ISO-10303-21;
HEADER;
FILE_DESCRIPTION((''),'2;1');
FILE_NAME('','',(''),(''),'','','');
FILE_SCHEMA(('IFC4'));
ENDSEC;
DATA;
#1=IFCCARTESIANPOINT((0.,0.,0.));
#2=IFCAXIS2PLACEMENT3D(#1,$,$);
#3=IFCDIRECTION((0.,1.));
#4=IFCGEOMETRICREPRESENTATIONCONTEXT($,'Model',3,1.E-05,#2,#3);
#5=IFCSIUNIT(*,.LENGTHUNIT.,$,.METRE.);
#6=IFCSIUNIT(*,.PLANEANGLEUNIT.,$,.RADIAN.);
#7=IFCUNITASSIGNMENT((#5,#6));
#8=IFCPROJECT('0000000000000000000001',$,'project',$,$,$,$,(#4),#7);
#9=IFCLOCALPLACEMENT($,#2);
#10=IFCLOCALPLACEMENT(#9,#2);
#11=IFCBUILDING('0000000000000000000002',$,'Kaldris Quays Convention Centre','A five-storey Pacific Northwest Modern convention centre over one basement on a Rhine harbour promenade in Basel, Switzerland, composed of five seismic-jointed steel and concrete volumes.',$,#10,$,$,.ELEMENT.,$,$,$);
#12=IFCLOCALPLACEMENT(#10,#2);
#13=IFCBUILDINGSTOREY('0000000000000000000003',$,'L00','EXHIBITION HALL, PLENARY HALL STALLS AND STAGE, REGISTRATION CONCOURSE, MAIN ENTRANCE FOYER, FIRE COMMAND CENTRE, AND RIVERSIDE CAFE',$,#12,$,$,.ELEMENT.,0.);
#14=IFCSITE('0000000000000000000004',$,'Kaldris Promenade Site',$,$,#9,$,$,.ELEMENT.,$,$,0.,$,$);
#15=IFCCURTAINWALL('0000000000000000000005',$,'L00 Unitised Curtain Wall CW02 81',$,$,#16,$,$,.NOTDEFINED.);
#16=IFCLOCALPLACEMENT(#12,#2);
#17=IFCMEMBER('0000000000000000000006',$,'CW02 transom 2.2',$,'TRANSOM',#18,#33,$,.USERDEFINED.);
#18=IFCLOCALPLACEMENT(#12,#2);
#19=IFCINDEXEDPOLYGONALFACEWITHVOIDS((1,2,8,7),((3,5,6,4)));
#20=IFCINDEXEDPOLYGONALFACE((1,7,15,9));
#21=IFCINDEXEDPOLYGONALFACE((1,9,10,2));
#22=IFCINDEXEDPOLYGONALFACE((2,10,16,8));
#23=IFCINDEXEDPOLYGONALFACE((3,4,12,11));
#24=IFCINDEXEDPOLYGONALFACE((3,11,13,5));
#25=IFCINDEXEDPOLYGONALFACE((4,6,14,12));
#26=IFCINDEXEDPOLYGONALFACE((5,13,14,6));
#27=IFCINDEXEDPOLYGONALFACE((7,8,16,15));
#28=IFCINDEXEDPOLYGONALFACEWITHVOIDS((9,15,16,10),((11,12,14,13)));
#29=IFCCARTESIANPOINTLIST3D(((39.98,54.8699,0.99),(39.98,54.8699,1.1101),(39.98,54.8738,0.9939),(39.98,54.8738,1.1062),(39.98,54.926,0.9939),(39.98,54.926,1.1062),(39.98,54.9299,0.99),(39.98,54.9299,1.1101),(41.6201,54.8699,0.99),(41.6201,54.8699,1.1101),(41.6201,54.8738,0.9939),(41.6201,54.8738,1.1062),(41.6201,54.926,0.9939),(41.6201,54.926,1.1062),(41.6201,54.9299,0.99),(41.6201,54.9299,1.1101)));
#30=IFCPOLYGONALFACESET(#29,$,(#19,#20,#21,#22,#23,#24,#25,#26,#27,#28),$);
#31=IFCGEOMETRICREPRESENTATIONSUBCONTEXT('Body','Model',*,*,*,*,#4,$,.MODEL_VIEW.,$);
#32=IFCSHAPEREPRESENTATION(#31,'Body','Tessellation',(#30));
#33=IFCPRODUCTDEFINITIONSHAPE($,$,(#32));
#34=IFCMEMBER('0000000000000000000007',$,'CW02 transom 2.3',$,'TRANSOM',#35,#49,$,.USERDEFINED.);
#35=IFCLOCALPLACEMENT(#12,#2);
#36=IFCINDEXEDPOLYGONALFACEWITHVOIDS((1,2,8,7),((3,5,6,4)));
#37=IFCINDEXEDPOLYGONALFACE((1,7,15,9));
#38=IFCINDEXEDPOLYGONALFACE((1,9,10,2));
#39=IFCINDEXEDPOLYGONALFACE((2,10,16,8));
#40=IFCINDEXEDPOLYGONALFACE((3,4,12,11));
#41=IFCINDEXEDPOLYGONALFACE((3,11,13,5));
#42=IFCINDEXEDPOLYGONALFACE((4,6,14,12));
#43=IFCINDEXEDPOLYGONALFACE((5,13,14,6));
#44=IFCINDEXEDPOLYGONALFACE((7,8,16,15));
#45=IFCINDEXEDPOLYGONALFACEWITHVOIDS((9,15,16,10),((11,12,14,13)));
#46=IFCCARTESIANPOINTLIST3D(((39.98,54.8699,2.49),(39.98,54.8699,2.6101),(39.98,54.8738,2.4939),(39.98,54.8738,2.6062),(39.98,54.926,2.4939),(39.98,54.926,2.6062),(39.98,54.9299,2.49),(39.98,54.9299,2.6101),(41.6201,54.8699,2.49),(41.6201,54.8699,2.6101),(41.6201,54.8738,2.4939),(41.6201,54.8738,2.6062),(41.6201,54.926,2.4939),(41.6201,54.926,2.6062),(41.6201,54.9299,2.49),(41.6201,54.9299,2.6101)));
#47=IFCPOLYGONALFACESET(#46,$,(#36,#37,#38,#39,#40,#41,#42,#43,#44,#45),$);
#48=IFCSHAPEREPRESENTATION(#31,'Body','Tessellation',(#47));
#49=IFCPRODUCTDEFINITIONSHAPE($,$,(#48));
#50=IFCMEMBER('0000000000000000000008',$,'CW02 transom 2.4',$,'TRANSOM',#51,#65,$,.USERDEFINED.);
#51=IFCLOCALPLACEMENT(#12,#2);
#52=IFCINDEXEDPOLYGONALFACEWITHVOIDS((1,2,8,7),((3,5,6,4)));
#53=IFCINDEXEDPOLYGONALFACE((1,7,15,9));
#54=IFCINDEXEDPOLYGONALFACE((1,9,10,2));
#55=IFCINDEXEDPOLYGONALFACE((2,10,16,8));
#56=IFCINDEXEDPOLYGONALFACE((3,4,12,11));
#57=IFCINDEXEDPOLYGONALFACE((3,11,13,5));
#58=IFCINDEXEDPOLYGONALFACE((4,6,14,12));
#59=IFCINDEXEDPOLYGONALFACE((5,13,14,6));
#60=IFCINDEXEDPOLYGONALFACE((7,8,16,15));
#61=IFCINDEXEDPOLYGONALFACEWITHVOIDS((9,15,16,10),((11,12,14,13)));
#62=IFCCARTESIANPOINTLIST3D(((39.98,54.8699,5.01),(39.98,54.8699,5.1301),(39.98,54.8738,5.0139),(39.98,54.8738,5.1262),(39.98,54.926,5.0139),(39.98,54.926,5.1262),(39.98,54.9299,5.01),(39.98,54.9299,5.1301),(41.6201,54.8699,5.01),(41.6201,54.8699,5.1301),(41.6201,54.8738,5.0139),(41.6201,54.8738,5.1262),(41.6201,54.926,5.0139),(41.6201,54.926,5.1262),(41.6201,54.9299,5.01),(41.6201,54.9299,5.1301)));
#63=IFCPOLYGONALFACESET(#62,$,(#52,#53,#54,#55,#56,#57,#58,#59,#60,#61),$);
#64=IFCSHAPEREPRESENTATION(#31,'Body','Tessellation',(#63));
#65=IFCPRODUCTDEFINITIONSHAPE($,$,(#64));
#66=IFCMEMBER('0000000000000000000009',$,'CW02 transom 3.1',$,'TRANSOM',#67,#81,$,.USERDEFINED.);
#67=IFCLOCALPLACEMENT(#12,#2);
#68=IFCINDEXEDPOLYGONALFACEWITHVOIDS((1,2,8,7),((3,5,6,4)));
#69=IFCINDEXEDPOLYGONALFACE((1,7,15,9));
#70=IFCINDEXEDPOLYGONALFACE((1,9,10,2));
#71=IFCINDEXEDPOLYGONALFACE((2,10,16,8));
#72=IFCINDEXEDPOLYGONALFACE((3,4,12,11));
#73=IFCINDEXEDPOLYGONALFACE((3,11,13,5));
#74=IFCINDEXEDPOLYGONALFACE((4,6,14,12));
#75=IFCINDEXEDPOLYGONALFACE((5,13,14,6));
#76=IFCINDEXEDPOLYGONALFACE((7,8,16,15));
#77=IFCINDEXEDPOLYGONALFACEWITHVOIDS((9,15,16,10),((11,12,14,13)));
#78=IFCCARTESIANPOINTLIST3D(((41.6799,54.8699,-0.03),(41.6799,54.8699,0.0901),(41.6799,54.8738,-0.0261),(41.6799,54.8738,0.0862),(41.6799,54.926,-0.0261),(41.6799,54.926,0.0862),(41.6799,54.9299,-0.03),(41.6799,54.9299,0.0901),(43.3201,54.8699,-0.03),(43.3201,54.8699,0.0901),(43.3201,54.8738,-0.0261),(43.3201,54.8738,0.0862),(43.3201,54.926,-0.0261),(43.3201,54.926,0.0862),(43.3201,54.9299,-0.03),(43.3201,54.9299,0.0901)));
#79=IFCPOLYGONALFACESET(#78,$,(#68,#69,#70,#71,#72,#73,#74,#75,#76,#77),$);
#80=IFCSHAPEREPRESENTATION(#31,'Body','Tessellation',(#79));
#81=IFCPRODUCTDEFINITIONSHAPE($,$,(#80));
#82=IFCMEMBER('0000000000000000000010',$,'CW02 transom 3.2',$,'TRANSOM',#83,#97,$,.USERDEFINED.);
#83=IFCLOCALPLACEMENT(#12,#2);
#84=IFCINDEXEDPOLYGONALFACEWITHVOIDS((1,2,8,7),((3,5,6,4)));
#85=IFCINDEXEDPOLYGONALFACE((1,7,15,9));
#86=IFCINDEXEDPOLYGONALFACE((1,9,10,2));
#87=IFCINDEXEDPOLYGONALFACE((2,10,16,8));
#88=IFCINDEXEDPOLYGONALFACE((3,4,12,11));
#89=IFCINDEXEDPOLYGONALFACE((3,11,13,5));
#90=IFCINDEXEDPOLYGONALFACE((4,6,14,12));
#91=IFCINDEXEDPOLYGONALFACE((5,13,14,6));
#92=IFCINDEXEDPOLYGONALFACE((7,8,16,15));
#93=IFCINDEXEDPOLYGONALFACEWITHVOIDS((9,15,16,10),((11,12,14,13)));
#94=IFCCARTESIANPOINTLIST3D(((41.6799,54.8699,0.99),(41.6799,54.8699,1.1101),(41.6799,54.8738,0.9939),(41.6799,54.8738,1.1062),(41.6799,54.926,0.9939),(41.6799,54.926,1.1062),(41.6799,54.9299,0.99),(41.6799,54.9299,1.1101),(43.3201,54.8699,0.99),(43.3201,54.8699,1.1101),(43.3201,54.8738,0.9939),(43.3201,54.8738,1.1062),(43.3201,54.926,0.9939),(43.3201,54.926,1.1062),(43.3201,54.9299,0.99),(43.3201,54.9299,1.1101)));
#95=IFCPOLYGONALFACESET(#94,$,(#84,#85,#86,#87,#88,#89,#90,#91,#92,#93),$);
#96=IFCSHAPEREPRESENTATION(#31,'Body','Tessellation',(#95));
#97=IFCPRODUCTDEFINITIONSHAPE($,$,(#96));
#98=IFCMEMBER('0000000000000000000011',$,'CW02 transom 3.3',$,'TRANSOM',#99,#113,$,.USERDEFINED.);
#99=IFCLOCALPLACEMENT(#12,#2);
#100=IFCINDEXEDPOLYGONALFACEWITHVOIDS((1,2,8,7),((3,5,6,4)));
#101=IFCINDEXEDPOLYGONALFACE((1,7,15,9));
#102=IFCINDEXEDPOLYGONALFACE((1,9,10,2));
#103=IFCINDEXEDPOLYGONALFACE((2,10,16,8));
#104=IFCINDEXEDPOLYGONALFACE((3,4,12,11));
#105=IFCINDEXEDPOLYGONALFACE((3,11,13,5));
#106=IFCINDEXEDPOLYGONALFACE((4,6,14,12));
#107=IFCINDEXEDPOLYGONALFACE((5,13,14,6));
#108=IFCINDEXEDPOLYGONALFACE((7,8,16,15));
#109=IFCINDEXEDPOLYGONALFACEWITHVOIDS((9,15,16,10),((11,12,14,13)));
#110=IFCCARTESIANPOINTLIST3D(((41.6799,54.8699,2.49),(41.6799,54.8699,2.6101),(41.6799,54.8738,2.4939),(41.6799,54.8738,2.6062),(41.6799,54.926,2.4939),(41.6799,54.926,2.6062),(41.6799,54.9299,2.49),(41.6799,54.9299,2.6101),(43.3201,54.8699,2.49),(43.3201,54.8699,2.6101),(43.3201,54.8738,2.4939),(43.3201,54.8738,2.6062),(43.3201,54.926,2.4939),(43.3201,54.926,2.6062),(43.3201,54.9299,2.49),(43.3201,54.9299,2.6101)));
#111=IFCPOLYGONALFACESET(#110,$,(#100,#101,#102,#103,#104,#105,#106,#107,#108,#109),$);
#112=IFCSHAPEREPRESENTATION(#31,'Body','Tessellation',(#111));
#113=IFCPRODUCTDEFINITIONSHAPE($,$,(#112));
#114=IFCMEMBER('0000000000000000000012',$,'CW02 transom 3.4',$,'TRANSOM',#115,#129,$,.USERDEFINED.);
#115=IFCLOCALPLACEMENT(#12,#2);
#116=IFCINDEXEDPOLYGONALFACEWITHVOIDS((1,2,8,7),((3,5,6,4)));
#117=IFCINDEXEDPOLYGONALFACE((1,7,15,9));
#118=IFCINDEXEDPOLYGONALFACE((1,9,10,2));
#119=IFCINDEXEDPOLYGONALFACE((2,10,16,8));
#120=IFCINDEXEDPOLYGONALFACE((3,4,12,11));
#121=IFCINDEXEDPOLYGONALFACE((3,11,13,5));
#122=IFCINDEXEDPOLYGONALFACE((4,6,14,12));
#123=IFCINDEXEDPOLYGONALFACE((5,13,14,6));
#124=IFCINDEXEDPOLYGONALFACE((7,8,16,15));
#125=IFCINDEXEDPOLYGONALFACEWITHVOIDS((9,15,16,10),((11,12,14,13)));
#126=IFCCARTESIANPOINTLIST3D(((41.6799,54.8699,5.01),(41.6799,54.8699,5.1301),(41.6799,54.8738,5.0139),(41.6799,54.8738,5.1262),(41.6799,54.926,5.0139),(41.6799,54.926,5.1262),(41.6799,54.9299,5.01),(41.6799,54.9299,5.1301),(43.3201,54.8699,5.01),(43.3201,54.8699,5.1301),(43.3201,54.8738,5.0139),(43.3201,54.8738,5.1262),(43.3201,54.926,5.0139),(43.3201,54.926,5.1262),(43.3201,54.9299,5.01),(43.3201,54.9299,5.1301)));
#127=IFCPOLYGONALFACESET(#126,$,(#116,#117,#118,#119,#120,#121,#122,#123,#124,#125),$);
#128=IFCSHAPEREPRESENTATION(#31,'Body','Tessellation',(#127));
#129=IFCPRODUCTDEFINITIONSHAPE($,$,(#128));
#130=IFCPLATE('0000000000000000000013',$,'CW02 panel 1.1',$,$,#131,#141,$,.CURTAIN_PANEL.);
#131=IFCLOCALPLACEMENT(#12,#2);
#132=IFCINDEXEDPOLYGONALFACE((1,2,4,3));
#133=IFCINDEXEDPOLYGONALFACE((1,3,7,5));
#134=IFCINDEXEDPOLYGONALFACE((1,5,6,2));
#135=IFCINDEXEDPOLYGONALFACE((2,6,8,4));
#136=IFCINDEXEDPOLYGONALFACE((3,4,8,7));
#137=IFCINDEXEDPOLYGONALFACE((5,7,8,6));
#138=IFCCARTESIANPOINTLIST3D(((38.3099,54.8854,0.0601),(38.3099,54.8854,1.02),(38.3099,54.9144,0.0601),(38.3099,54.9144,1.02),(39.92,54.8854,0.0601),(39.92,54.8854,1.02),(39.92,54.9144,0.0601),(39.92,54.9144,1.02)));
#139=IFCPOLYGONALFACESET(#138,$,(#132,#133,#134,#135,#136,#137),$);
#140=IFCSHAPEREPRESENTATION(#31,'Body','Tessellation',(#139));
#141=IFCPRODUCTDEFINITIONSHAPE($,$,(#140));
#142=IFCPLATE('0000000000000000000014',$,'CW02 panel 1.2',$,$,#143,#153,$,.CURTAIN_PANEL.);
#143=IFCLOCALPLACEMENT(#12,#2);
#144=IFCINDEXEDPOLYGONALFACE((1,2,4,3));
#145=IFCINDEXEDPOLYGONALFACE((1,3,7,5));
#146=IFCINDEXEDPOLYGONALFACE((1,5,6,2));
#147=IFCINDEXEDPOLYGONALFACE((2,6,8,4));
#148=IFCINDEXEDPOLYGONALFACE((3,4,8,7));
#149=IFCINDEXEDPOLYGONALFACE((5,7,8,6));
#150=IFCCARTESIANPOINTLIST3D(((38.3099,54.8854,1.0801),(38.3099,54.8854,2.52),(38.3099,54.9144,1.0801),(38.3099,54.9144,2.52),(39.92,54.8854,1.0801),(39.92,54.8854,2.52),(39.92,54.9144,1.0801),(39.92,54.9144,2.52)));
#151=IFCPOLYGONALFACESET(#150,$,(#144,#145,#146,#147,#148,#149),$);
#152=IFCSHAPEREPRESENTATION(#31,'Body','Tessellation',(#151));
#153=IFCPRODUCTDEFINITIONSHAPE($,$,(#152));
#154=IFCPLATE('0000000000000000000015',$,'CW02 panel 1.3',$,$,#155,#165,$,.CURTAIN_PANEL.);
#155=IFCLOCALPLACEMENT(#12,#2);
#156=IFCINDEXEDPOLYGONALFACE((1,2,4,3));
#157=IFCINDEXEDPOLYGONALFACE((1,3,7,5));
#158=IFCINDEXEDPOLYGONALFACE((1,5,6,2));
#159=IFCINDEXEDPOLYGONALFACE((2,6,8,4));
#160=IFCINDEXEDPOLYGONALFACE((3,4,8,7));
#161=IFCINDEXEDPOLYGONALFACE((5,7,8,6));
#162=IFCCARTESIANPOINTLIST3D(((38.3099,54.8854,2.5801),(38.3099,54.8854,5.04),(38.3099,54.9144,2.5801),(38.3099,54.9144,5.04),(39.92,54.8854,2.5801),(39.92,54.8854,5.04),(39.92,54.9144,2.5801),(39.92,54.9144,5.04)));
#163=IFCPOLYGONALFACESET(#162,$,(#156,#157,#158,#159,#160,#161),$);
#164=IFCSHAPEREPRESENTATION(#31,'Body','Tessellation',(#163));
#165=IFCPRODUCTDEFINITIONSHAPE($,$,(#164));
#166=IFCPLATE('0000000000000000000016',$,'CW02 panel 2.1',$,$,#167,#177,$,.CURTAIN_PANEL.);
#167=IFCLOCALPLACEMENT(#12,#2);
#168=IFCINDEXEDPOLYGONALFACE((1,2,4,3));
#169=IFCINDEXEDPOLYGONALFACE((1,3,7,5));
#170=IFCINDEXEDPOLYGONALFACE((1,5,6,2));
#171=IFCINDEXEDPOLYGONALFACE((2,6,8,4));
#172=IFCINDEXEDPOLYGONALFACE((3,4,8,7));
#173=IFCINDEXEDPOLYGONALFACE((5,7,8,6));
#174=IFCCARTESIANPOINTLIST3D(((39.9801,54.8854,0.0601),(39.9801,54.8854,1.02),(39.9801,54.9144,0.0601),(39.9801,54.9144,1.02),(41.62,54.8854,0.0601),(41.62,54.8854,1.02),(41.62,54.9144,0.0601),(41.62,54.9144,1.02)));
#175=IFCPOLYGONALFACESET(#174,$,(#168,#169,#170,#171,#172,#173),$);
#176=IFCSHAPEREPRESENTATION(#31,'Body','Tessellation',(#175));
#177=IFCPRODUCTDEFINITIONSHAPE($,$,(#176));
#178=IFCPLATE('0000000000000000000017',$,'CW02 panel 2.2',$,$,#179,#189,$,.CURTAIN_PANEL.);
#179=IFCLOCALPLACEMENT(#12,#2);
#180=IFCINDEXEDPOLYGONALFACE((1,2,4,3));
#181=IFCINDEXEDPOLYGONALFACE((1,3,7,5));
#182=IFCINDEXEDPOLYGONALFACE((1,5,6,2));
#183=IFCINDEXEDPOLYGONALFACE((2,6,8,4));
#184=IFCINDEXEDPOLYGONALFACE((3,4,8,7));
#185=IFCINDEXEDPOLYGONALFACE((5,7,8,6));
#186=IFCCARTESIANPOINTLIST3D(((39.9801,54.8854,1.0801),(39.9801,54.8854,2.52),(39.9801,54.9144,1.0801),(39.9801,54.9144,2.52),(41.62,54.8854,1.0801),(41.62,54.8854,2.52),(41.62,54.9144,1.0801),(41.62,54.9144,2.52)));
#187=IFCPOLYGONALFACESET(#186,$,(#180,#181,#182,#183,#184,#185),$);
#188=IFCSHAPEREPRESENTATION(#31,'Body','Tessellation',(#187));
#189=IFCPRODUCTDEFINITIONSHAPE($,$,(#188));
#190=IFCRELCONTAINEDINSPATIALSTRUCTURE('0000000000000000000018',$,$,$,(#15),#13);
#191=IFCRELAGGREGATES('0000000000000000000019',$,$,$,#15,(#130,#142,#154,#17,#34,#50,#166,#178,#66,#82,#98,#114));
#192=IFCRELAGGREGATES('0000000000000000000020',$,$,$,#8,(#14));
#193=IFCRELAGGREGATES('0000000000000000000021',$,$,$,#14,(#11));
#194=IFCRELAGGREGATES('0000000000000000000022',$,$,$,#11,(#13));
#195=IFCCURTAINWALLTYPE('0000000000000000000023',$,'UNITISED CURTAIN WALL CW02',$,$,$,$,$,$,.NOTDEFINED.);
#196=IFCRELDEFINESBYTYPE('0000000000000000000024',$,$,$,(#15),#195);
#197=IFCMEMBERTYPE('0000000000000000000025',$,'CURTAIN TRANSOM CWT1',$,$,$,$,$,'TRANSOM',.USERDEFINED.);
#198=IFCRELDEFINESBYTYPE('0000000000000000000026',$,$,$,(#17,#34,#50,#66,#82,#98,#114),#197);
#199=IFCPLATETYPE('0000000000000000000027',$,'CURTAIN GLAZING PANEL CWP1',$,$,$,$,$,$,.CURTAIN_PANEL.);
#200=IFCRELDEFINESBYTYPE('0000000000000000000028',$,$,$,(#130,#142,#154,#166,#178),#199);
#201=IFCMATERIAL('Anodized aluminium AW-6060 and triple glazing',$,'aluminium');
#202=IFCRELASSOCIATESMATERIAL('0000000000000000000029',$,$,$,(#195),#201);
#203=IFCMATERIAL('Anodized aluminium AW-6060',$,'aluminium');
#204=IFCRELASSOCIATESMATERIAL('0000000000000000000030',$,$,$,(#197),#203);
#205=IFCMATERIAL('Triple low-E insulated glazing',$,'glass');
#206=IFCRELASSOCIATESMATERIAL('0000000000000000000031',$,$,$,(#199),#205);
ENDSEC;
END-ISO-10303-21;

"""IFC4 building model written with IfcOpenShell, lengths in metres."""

from ifc_helpers import new_model, si_unit, direction, frame, origin, origin_2d, place, context, subcontext, project, spatial, rectangle, hollow_rectangle, extrude, material, material_profile, profile_set, type_object, element, aggregate, save


model = new_model("IFC4")

# Units and contexts
model_context = context("Model", 3, precision=1e-05, world=origin(), true_north=direction((0.0, 1.0)))
body_context = subcontext(model_context, "Body", "Model", "MODEL_VIEW")
ifc_project = project(units=[si_unit("LENGTHUNIT", "METRE"), si_unit("PLANEANGLEUNIT", "RADIAN")], contexts=[model_context])

# Site, building, storey
site_placement = place(None, origin())
site = spatial("IfcSite", under=ifc_project, at=site_placement, Name="Kaldris Promenade Site", CompositionType="ELEMENT", RefElevation=0.0)
building_placement = place(site_placement, origin())
building = spatial("IfcBuilding", under=site, at=building_placement, Name="Kaldris Quays Convention Centre", Description="A five-storey Pacific Northwest Modern convention centre over one basement on a Rhine harbour promenade in Basel, Switzerland, composed of five seismic-jointed steel and concrete volumes.", CompositionType="ELEMENT")
storey_placement = place(building_placement, origin())
storey = spatial("IfcBuildingStorey", under=building, at=storey_placement, Name="L00", Description="EXHIBITION HALL, PLENARY HALL STALLS AND STAGE, REGISTRATION CONCOURSE, MAIN ENTRANCE FOYER, FIRE COMMAND CENTRE, AND RIVERSIDE CAFE", CompositionType="ELEMENT", Elevation=0.0)

# Curtain wall, members, plates
ifc_material_1 = material(Name="Anodized aluminium AW-6060 and triple glazing", Category="aluminium")
curtain_wall_type = type_object("IfcCurtainWallType", Name="UNITISED CURTAIN WALL CW02", PredefinedType="NOTDEFINED", material=ifc_material_1)
curtain_wall_placement = place(storey_placement, origin())
curtain_wall = element("IfcCurtainWall", 1, at=curtain_wall_placement, inside=storey, type_object=curtain_wall_type, Name="L00 Unitised Curtain Wall CW02 81", PredefinedType="NOTDEFINED")
ifc_material_2 = material(Name="Anodized aluminium AW-6060", Category="aluminium")
ifc_material_profile_1 = material_profile(ifc_material_2, hollow_rectangle(XDim=0.0601, YDim=0.1201, WallThickness=0.0039, at=origin_2d()), Name="RHS 120x60x4")
ifc_profile_set_1 = profile_set([ifc_material_profile_1], Name="Anodized aluminium AW-6060")
member_type_1 = type_object("IfcMemberType", Name="CURTAIN TRANSOM CWT1", ElementType="TRANSOM", PredefinedType="USERDEFINED", material=ifc_profile_set_1)
member_1_placement = place(storey_placement, frame((39.98, 54.8999, 1.05), z_axis=(1.0, 0.0, 0.0), x_axis=(0.0, 1.0, 0.0)))
member_1 = element("IfcMember", 2, at=member_1_placement, type_object=member_type_1, Name="CW02 transom 2.2", ObjectType="TRANSOM", PredefinedType="USERDEFINED", context=body_context, shape_type="SweptSolid", body=[
    extrude(hollow_rectangle(XDim=0.0601, YDim=0.1201, WallThickness=0.0039, at=origin_2d()), origin(), (0.0, 0.0, 1.0), 1.6401),
])
member_2_placement = place(storey_placement, frame((39.98, 54.8999, 2.55), z_axis=(1.0, 0.0, 0.0), x_axis=(0.0, 1.0, 0.0)))
member_2 = element("IfcMember", 3, at=member_2_placement, type_object=member_type_1, Name="CW02 transom 2.3", ObjectType="TRANSOM", PredefinedType="USERDEFINED", context=body_context, shape_type="SweptSolid", body=[
    extrude(hollow_rectangle(XDim=0.0601, YDim=0.1201, WallThickness=0.0039, at=origin_2d()), origin(), (0.0, 0.0, 1.0), 1.6401),
])
member_3_placement = place(storey_placement, frame((39.98, 54.8999, 5.0701), z_axis=(1.0, 0.0, 0.0), x_axis=(0.0, 1.0, 0.0)))
member_3 = element("IfcMember", 4, at=member_3_placement, type_object=member_type_1, Name="CW02 transom 2.4", ObjectType="TRANSOM", PredefinedType="USERDEFINED", context=body_context, shape_type="SweptSolid", body=[
    extrude(hollow_rectangle(XDim=0.0601, YDim=0.1201, WallThickness=0.0039, at=origin_2d()), origin(), (0.0, 0.0, 1.0), 1.6401),
])
member_4_placement = place(storey_placement, frame((41.6799, 54.8999, 0.03), z_axis=(1.0, 0.0, 0.0), x_axis=(0.0, 1.0, 0.0)))
member_4 = element("IfcMember", 5, at=member_4_placement, type_object=member_type_1, Name="CW02 transom 3.1", ObjectType="TRANSOM", PredefinedType="USERDEFINED", context=body_context, shape_type="SweptSolid", body=[
    extrude(hollow_rectangle(XDim=0.0601, YDim=0.1201, WallThickness=0.0039, at=origin_2d()), origin(), (0.0, 0.0, 1.0), 1.6401),
])
member_5_placement = place(storey_placement, frame((41.6799, 54.8999, 1.05), z_axis=(1.0, 0.0, 0.0), x_axis=(0.0, 1.0, 0.0)))
member_5 = element("IfcMember", 6, at=member_5_placement, type_object=member_type_1, Name="CW02 transom 3.2", ObjectType="TRANSOM", PredefinedType="USERDEFINED", context=body_context, shape_type="SweptSolid", body=[
    extrude(hollow_rectangle(XDim=0.0601, YDim=0.1201, WallThickness=0.0039, at=origin_2d()), origin(), (0.0, 0.0, 1.0), 1.6401),
])
member_6_placement = place(storey_placement, frame((41.6799, 54.8999, 2.55), z_axis=(1.0, 0.0, 0.0), x_axis=(0.0, 1.0, 0.0)))
member_6 = element("IfcMember", 7, at=member_6_placement, type_object=member_type_1, Name="CW02 transom 3.3", ObjectType="TRANSOM", PredefinedType="USERDEFINED", context=body_context, shape_type="SweptSolid", body=[
    extrude(hollow_rectangle(XDim=0.0601, YDim=0.1201, WallThickness=0.0039, at=origin_2d()), origin(), (0.0, 0.0, 1.0), 1.6401),
])
member_7_placement = place(storey_placement, frame((41.6799, 54.8999, 5.0701), z_axis=(1.0, 0.0, 0.0), x_axis=(0.0, 1.0, 0.0)))
member_7 = element("IfcMember", 8, at=member_7_placement, type_object=member_type_1, Name="CW02 transom 3.4", ObjectType="TRANSOM", PredefinedType="USERDEFINED", context=body_context, shape_type="SweptSolid", body=[
    extrude(hollow_rectangle(XDim=0.0601, YDim=0.1201, WallThickness=0.0039, at=origin_2d()), origin(), (0.0, 0.0, 1.0), 1.6401),
])
ifc_material_3 = material(Name="Triple low-E insulated glazing", Category="glass")
plate_type = type_object("IfcPlateType", Name="CURTAIN GLAZING PANEL CWP1", PredefinedType="CURTAIN_PANEL", material=ifc_material_3)
plate_1_placement = place(storey_placement, frame((39.115, 54.8999, 0.0601), z_axis=(0.0, 0.0, 1.0), x_axis=(1.0, 0.0, 0.0)))
plate_1 = element("IfcPlate", 9, at=plate_1_placement, type_object=plate_type, Name="CW02 panel 1.1", PredefinedType="CURTAIN_PANEL", context=body_context, shape_type="SweptSolid", body=[
    extrude(rectangle(XDim=1.6101, YDim=0.0291, at=origin_2d()), origin(), (0.0, 0.0, 1.0), 0.96),
])
plate_2_placement = place(storey_placement, frame((39.115, 54.8999, 1.0801), z_axis=(0.0, 0.0, 1.0), x_axis=(1.0, 0.0, 0.0)))
plate_2 = element("IfcPlate", 10, at=plate_2_placement, type_object=plate_type, Name="CW02 panel 1.2", PredefinedType="CURTAIN_PANEL", context=body_context, shape_type="SweptSolid", body=[
    extrude(rectangle(XDim=1.6101, YDim=0.0291, at=origin_2d()), origin(), (0.0, 0.0, 1.0), 1.4399),
])
plate_3_placement = place(storey_placement, frame((39.115, 54.8999, 2.5801), z_axis=(0.0, 0.0, 1.0), x_axis=(1.0, 0.0, 0.0)))
plate_3 = element("IfcPlate", 11, at=plate_3_placement, type_object=plate_type, Name="CW02 panel 1.3", PredefinedType="CURTAIN_PANEL", context=body_context, shape_type="SweptSolid", body=[
    extrude(rectangle(XDim=1.6101, YDim=0.0291, at=origin_2d()), origin(), (0.0, 0.0, 1.0), 2.46),
])
plate_4_placement = place(storey_placement, frame((40.8, 54.8999, 0.0601), z_axis=(0.0, 0.0, 1.0), x_axis=(1.0, 0.0, 0.0)))
plate_4 = element("IfcPlate", 12, at=plate_4_placement, type_object=plate_type, Name="CW02 panel 2.1", PredefinedType="CURTAIN_PANEL", context=body_context, shape_type="SweptSolid", body=[
    extrude(rectangle(XDim=1.6399, YDim=0.0291, at=origin_2d()), origin(), (0.0, 0.0, 1.0), 0.96),
])
plate_5_placement = place(storey_placement, frame((40.8, 54.8999, 1.0801), z_axis=(0.0, 0.0, 1.0), x_axis=(1.0, 0.0, 0.0)))
plate_5 = element("IfcPlate", 13, at=plate_5_placement, type_object=plate_type, Name="CW02 panel 2.2", PredefinedType="CURTAIN_PANEL", context=body_context, shape_type="SweptSolid", body=[
    extrude(rectangle(XDim=1.6399, YDim=0.0291, at=origin_2d()), origin(), (0.0, 0.0, 1.0), 1.4399),
])
aggregate(curtain_wall, [plate_1, plate_2, plate_3, member_1, member_2, member_3, plate_4, plate_5, member_4, member_5, member_6, member_7])

save(model, "model.ifc")
